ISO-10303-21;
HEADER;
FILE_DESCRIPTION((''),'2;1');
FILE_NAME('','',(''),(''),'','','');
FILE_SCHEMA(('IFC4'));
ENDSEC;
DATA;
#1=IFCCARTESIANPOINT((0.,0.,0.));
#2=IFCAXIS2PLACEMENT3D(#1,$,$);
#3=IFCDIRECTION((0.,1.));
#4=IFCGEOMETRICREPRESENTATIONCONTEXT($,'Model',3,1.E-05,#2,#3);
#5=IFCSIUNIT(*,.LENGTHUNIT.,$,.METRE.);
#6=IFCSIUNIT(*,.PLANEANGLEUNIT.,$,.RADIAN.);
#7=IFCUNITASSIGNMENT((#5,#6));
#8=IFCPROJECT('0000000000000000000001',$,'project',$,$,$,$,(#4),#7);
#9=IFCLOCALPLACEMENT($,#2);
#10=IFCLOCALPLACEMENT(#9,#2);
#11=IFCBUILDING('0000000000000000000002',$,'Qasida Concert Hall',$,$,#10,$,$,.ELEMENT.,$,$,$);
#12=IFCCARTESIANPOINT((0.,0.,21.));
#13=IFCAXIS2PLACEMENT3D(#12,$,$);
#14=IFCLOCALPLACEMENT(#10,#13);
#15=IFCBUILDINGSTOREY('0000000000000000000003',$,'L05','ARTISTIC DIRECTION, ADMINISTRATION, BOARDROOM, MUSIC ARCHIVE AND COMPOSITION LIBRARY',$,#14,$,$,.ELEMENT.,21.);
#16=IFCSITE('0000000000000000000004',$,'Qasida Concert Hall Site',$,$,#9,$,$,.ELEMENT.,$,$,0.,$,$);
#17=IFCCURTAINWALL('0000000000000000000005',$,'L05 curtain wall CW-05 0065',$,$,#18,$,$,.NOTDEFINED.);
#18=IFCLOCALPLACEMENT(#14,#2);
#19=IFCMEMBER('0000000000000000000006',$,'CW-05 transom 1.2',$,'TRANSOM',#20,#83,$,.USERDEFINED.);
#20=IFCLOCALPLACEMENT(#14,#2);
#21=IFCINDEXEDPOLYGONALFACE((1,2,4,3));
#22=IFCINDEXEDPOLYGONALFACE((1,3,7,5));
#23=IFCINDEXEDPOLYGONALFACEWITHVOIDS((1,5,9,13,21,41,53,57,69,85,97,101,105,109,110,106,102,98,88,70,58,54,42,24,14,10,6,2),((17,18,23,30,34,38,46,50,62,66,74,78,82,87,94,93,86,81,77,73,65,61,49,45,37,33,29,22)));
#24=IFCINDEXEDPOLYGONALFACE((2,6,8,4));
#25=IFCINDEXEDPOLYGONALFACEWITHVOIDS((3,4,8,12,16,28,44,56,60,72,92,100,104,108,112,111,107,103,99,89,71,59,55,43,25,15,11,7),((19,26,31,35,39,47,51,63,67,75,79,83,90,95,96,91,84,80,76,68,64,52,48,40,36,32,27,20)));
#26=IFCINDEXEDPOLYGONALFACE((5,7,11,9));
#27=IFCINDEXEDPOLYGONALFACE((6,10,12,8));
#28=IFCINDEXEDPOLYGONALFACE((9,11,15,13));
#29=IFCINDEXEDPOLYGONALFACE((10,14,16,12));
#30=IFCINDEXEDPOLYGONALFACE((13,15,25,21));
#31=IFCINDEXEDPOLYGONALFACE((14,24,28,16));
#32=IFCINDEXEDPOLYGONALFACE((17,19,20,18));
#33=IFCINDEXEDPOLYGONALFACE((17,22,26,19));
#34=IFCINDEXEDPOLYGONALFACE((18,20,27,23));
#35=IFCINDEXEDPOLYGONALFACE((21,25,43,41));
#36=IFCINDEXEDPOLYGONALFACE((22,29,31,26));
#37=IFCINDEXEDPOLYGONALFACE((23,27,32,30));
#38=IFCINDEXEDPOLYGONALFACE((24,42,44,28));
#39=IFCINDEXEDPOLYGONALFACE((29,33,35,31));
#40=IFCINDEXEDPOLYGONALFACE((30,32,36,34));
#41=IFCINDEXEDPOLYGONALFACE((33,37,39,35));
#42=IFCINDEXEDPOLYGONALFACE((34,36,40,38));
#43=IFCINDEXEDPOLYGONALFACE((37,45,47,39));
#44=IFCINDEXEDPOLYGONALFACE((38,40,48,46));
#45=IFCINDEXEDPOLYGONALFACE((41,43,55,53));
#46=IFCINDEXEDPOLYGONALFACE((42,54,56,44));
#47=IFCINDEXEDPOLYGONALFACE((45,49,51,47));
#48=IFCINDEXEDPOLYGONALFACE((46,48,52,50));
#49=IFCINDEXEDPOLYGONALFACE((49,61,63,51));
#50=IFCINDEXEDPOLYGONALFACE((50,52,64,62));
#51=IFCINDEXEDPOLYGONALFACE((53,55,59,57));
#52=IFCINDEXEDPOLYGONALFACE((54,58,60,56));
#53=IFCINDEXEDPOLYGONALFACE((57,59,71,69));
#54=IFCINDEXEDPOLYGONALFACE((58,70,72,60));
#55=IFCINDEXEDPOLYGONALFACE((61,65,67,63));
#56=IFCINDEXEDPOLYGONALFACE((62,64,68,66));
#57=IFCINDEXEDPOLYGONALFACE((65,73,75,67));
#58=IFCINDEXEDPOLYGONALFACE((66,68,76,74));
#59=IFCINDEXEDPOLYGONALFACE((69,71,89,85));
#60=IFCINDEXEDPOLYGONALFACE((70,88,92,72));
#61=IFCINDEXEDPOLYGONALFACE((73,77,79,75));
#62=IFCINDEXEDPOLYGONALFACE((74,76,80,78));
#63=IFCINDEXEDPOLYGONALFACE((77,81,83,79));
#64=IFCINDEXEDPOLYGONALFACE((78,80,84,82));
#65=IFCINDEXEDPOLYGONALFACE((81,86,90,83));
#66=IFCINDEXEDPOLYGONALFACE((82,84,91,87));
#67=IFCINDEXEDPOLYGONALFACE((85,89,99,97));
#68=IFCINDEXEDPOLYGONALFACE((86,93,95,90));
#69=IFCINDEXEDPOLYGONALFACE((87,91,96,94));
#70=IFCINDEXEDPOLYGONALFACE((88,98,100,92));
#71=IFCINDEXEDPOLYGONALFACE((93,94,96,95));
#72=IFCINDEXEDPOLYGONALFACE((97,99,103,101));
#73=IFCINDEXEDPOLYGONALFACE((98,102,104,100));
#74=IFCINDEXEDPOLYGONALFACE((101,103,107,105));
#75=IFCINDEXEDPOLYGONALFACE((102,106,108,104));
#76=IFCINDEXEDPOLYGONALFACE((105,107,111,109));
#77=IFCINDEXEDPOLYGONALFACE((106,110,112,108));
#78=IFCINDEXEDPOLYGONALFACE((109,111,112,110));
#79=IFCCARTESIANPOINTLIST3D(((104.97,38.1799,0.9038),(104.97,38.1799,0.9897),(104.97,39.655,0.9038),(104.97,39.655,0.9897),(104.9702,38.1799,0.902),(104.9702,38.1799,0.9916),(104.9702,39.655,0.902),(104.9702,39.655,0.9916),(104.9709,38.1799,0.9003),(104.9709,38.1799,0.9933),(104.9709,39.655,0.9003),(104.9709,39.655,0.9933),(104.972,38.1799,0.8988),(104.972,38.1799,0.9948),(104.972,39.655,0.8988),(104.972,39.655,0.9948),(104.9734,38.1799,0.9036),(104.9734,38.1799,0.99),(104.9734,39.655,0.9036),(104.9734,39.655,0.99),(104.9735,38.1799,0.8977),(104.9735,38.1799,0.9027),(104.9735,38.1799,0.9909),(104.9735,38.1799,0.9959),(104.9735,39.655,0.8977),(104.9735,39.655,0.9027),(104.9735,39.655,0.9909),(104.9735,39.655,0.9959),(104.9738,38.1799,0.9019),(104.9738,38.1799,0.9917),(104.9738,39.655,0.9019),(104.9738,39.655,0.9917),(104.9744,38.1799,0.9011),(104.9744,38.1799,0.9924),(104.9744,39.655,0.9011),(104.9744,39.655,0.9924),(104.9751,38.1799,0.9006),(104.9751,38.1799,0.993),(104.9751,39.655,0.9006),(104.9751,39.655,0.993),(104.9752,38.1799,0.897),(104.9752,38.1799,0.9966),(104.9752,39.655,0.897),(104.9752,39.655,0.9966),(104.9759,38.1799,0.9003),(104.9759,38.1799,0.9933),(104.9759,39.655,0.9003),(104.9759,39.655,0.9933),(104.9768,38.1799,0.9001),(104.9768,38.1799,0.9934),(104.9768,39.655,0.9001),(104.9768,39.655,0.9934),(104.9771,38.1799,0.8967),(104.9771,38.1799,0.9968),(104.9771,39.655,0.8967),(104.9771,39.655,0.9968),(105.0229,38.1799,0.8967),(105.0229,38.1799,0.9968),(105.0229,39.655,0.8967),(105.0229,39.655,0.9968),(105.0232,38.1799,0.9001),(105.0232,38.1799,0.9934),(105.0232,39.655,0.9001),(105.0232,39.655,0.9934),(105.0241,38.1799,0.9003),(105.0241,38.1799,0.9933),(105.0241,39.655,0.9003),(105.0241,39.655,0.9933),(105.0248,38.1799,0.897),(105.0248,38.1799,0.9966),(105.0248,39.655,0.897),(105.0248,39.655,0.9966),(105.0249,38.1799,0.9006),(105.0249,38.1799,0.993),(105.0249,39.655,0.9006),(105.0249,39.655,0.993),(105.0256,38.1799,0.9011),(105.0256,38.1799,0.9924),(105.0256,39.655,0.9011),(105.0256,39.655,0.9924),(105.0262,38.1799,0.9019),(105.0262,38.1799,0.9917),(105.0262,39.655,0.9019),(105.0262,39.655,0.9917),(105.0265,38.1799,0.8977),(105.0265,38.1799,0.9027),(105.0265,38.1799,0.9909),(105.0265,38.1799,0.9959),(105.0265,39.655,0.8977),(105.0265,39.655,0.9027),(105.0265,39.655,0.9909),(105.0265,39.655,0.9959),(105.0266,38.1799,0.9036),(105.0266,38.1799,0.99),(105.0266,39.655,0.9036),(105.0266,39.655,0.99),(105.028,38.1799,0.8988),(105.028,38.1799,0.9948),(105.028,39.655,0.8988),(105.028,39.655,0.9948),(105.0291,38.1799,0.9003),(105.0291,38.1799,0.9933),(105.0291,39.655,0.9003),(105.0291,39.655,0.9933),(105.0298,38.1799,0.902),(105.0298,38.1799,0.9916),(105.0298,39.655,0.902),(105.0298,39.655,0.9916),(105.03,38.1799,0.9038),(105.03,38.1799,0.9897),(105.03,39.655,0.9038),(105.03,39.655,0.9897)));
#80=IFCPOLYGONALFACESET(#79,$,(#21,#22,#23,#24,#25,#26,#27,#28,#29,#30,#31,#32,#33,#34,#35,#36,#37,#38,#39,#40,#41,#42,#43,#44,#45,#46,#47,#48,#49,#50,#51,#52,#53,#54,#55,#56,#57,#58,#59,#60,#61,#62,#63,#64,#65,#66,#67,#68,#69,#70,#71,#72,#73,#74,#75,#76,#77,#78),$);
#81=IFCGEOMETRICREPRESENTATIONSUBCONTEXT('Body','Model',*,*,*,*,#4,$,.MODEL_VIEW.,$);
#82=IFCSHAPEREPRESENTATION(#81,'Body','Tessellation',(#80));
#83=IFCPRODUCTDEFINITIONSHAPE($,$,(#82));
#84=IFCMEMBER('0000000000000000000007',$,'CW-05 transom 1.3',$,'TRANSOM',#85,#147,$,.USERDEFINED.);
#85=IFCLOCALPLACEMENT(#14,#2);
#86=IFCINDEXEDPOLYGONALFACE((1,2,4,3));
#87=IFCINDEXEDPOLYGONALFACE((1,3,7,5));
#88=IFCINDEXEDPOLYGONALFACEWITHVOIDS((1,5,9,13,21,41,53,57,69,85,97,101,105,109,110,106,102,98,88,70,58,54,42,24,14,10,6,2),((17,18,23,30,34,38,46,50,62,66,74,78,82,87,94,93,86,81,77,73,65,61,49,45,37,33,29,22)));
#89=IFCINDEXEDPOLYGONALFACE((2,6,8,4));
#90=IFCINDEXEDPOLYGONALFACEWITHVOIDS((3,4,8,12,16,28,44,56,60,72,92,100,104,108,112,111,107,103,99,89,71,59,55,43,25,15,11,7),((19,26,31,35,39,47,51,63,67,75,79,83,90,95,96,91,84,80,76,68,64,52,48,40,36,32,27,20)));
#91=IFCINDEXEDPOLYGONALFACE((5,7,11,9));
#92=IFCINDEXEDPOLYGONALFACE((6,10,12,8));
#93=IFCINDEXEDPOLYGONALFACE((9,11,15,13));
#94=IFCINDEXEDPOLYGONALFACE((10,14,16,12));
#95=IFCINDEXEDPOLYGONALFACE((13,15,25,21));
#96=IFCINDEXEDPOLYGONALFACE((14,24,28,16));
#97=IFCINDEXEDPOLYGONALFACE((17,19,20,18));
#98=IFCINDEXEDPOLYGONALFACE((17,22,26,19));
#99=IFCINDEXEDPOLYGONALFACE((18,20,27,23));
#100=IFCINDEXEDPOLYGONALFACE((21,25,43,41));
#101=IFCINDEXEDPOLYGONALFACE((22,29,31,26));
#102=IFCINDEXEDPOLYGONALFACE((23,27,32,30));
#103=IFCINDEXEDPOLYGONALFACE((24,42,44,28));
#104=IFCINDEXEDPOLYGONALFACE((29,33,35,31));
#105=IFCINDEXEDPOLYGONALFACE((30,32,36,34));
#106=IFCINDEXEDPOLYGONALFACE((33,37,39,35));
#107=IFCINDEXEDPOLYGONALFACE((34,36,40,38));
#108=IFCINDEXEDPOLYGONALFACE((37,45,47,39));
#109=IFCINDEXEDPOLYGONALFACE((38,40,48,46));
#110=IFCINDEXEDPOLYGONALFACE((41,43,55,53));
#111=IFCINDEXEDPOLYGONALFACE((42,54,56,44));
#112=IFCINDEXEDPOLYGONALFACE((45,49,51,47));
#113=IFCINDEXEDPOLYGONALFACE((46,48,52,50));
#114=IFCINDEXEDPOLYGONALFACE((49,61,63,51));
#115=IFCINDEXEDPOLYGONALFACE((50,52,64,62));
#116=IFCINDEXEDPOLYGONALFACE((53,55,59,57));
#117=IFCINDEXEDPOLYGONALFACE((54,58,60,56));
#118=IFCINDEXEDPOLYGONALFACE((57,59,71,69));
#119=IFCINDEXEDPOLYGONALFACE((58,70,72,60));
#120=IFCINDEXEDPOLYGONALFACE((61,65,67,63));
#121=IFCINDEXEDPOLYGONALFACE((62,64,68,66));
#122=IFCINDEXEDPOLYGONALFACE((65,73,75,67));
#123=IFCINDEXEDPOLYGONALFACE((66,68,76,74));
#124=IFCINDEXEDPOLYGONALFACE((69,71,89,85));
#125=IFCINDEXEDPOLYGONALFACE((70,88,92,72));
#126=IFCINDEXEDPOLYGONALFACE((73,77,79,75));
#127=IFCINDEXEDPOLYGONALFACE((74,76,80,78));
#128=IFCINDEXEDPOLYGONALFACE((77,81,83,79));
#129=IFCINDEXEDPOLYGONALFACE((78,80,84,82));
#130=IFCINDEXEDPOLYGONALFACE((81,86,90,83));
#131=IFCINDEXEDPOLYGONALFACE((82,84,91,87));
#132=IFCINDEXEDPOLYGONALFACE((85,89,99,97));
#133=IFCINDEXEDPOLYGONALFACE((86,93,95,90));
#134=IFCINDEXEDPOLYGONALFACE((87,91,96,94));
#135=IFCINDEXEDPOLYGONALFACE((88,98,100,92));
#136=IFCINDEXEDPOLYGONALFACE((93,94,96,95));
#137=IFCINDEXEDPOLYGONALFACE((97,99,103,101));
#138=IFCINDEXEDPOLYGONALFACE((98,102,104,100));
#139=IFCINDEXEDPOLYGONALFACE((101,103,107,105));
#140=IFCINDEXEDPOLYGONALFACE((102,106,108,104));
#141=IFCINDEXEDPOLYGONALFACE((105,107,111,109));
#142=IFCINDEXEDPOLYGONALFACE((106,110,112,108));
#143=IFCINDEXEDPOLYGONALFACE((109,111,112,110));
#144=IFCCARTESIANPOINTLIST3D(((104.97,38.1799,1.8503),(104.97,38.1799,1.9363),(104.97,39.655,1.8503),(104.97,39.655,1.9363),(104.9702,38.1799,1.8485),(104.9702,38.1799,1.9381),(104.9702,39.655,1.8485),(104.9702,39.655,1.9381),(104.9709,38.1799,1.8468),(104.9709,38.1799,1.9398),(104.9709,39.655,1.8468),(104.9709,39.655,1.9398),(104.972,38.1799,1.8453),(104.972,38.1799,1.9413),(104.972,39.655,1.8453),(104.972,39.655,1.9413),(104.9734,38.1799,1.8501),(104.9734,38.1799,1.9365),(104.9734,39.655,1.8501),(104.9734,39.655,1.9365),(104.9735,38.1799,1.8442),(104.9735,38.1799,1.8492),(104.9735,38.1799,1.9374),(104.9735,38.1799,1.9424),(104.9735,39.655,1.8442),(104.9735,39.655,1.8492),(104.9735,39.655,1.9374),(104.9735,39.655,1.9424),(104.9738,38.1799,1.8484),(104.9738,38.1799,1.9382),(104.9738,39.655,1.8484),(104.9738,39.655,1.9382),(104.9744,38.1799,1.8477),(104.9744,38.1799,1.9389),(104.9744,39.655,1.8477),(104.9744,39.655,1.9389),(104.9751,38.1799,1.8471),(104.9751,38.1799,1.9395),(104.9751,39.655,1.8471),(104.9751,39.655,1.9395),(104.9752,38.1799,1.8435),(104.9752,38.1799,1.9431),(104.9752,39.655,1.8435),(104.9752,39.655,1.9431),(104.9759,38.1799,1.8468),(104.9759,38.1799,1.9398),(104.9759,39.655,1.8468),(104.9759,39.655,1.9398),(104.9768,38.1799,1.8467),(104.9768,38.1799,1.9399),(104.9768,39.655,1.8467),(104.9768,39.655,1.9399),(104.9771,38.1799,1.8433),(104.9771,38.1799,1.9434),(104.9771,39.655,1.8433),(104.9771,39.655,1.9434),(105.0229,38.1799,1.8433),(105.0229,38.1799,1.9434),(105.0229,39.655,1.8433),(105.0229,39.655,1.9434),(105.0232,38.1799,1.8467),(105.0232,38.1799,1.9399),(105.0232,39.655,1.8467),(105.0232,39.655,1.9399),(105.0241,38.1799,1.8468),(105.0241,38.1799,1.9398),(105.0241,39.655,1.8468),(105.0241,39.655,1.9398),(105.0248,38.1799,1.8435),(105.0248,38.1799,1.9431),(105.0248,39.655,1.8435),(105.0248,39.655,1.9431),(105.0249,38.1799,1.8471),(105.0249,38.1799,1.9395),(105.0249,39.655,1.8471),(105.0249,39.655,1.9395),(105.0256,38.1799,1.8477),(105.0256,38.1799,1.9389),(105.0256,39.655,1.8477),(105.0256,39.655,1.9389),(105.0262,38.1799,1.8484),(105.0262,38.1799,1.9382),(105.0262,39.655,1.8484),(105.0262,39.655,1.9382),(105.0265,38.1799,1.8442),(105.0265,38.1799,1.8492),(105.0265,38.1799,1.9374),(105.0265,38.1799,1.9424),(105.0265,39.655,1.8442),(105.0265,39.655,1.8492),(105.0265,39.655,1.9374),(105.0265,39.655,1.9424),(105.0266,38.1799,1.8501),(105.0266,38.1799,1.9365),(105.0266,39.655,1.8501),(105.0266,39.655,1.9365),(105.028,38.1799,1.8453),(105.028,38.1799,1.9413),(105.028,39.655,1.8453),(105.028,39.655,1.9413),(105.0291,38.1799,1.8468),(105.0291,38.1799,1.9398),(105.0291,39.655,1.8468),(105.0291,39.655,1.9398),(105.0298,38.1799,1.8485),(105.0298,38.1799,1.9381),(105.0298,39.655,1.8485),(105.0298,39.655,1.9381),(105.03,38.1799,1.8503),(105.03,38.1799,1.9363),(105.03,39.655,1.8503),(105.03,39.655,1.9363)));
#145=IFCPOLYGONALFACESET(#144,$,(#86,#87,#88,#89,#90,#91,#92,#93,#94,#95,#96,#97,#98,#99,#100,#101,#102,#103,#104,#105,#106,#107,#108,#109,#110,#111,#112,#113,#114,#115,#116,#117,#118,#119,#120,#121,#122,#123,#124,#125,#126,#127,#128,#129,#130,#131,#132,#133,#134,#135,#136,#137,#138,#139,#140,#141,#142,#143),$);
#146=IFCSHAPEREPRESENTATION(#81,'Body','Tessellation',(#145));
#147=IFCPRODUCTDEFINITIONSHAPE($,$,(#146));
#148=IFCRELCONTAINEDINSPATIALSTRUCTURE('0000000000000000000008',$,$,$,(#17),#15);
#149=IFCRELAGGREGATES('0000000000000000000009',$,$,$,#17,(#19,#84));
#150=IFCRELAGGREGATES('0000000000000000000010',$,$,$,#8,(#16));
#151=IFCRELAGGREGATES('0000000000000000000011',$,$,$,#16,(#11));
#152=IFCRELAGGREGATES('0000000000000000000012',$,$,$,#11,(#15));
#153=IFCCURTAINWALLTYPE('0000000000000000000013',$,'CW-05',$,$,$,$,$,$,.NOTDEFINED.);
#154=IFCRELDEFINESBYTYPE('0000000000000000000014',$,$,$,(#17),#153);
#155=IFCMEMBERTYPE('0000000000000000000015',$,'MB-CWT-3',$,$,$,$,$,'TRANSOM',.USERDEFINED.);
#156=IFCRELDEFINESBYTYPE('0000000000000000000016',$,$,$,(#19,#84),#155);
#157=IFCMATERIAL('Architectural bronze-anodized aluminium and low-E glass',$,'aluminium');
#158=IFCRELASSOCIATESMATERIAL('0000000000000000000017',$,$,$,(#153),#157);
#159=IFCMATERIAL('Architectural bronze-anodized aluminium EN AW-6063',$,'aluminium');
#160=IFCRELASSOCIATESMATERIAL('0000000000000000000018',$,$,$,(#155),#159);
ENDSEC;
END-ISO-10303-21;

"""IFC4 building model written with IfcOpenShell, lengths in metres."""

from ifc_helpers import new_model, si_unit, direction, frame, origin, origin_2d, place, context, subcontext, project, spatial, hollow_rectangle, extrude, material, material_profile, profile_set, type_object, element, aggregate, save


model = new_model("IFC4")

# Units and contexts
model_context = context("Model", 3, precision=1e-05, world=origin(), true_north=direction((0.0, 1.0)))
body_context = subcontext(model_context, "Body", "Model", "MODEL_VIEW")
ifc_project = project(units=[si_unit("LENGTHUNIT", "METRE"), si_unit("PLANEANGLEUNIT", "RADIAN")], contexts=[model_context])

# Site, building, storey
site_placement = place(None, origin())
site = spatial("IfcSite", under=ifc_project, at=site_placement, Name="Qasida Concert Hall Site", CompositionType="ELEMENT", RefElevation=0.0)
building_placement = place(site_placement, origin())
building = spatial("IfcBuilding", under=site, at=building_placement, Name="Qasida Concert Hall", CompositionType="ELEMENT")
storey_placement = place(building_placement, frame((0.0, 0.0, 21.0)))
storey = spatial("IfcBuildingStorey", under=building, at=storey_placement, Name="L05", Description="ARTISTIC DIRECTION, ADMINISTRATION, BOARDROOM, MUSIC ARCHIVE AND COMPOSITION LIBRARY", CompositionType="ELEMENT", Elevation=21.0)

# Curtain wall
ifc_material_1 = material(Name="Architectural bronze-anodized aluminium and low-E glass", Category="aluminium")
curtain_wall_type = type_object("IfcCurtainWallType", Name="CW-05", PredefinedType="NOTDEFINED", material=ifc_material_1)
ifc_material_2 = material(Name="Architectural bronze-anodized aluminium EN AW-6063", Category="aluminium")
curtain_wall_1_placement = place(storey_placement, origin())
curtain_wall_1 = element("IfcCurtainWall", 1, at=curtain_wall_1_placement, inside=storey, type_object=curtain_wall_type, Name="L05 curtain wall CW-05 0065", PredefinedType="NOTDEFINED")

# Members
ifc_material_profile_1 = material_profile(ifc_material_2, hollow_rectangle(XDim=0.0601, YDim=0.1001, WallThickness=0.0034, InnerFilletRadius=0.0034, OuterFilletRadius=0.0071, at=origin_2d()), Name="CWT 100x60x3.5")
ifc_profile_set_1 = profile_set([ifc_material_profile_1], Name="Architectural bronze-anodized aluminium EN AW-6063")
member_type_1 = type_object("IfcMemberType", Name="MB-CWT-3", ElementType="TRANSOM", PredefinedType="USERDEFINED", material=ifc_profile_set_1)
member_1_placement = place(storey_placement, frame((105.0, 38.1799, 0.9468), z_axis=(0.0, 1.0, 0.0), x_axis=(-1.0, 0.0, 0.0)))
member_1 = element("IfcMember", 2, at=member_1_placement, type_object=member_type_1, Name="CW-05 transom 1.2", ObjectType="TRANSOM", PredefinedType="USERDEFINED", context=body_context, shape_type="SweptSolid", body=[
    extrude(hollow_rectangle(XDim=0.0601, YDim=0.1001, WallThickness=0.0034, InnerFilletRadius=0.0034, OuterFilletRadius=0.0071, at=origin_2d()), origin(), (0.0, 0.0, 1.0), 1.4751),
])
member_2_placement = place(storey_placement, frame((105.0, 38.1799, 1.8933), z_axis=(0.0, 1.0, 0.0), x_axis=(-1.0, 0.0, 0.0)))
member_2 = element("IfcMember", 3, at=member_2_placement, type_object=member_type_1, Name="CW-05 transom 1.3", ObjectType="TRANSOM", PredefinedType="USERDEFINED", context=body_context, shape_type="SweptSolid", body=[
    extrude(hollow_rectangle(XDim=0.0601, YDim=0.1001, WallThickness=0.0034, InnerFilletRadius=0.0034, OuterFilletRadius=0.0071, at=origin_2d()), origin(), (0.0, 0.0, 1.0), 1.4751),
])

aggregate(curtain_wall_1, [member_1, member_2])

save(model, "model.ifc")
